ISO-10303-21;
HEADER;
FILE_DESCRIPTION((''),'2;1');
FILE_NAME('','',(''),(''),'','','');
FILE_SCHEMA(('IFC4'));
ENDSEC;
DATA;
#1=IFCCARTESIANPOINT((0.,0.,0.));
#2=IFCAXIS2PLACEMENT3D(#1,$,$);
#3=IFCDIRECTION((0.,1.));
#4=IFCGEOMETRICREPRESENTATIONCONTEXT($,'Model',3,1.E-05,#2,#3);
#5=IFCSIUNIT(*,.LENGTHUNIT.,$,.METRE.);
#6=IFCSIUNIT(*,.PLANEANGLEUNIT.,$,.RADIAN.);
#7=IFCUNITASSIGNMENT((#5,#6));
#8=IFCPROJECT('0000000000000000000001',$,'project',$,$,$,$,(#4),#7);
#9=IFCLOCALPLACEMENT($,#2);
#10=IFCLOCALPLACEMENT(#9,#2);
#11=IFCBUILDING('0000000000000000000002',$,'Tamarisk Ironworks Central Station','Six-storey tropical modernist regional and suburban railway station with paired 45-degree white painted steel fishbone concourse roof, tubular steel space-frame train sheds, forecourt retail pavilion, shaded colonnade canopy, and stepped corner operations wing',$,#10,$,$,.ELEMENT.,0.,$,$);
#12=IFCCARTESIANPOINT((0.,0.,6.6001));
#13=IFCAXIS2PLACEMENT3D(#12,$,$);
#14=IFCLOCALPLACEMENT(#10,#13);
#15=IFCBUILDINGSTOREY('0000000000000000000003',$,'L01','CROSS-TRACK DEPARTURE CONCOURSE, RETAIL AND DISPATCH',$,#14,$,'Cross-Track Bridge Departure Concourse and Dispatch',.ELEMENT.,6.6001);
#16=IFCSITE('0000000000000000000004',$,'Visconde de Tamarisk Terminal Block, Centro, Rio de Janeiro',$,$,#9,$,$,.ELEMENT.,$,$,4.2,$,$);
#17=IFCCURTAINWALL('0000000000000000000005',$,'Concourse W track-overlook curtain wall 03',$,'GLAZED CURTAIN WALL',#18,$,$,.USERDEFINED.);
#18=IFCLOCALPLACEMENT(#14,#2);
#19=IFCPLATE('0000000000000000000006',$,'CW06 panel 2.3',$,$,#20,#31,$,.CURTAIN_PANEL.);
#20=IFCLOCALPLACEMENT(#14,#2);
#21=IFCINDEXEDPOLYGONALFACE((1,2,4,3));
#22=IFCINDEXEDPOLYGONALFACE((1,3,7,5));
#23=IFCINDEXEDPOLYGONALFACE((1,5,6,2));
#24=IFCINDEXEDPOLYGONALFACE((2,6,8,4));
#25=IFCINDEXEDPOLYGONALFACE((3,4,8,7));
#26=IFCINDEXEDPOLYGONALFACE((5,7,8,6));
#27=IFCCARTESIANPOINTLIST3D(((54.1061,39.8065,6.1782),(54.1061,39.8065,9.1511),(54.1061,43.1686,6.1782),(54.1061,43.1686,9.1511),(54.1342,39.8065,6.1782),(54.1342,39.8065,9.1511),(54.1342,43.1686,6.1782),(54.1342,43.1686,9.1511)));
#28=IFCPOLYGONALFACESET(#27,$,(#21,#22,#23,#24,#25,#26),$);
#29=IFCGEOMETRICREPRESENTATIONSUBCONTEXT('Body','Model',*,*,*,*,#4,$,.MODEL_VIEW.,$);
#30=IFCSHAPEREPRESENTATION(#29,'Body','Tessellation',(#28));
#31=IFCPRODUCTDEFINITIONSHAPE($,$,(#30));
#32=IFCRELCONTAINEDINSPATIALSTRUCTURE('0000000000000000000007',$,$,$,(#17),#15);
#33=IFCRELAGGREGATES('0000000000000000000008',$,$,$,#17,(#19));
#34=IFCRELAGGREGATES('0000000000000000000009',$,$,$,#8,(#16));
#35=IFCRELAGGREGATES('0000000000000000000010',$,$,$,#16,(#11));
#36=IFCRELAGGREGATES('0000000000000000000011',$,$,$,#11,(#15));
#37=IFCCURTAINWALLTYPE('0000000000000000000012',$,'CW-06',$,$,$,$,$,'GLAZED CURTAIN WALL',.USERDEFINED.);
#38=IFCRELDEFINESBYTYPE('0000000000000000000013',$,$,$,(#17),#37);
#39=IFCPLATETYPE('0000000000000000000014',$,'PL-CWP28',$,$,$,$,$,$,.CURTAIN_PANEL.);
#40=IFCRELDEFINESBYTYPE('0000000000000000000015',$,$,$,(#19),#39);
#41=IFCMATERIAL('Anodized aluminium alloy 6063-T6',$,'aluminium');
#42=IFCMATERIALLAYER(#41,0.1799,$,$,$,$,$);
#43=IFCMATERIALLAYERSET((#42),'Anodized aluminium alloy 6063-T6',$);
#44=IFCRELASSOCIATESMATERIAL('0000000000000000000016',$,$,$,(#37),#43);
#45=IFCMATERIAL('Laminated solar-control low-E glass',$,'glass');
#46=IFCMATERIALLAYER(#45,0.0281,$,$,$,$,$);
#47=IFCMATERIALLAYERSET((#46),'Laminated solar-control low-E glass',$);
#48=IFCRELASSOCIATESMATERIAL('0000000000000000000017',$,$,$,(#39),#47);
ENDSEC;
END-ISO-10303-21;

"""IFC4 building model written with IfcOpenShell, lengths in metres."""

from ifc_helpers import new_model, si_unit, direction, frame, origin, origin_2d, place, context, subcontext, project, spatial, rectangle, extrude, material, layer, layer_set, type_object, element, aggregate, save


model = new_model("IFC4")

# Units and contexts
model_context = context("Model", 3, precision=1e-05, world=origin(), true_north=direction((0.0, 1.0)))
body_context = subcontext(model_context, "Body", "Model", "MODEL_VIEW")
ifc_project = project(units=[si_unit("LENGTHUNIT", "METRE"), si_unit("PLANEANGLEUNIT", "RADIAN")], contexts=[model_context])

# Site, building, storey
site_placement = place(None, origin())
site = spatial("IfcSite", under=ifc_project, at=site_placement, Name="Visconde de Tamarisk Terminal Block, Centro, Rio de Janeiro", CompositionType="ELEMENT", RefElevation=4.2)
building_placement = place(site_placement, origin())
building = spatial("IfcBuilding", under=site, at=building_placement, Name="Tamarisk Ironworks Central Station", Description="Six-storey tropical modernist regional and suburban railway station with paired 45-degree white painted steel fishbone concourse roof, tubular steel space-frame train sheds, forecourt retail pavilion, shaded colonnade canopy, and stepped corner operations wing", CompositionType="ELEMENT", ElevationOfRefHeight=0.0)
storey_placement = place(building_placement, frame((0.0, 0.0, 6.6001)))
storey = spatial("IfcBuildingStorey", under=building, at=storey_placement, Name="L01", Description="CROSS-TRACK DEPARTURE CONCOURSE, RETAIL AND DISPATCH", LongName="Cross-Track Bridge Departure Concourse and Dispatch", CompositionType="ELEMENT", Elevation=6.6001)

# Shared definitions
ifc_material_1 = material(Name="Anodized aluminium alloy 6063-T6", Category="aluminium")
ifc_layer_1 = layer(ifc_material_1, 0.1799)
ifc_layer_set_1 = layer_set([ifc_layer_1], Name="Anodized aluminium alloy 6063-T6")
curtain_wall_type = type_object("IfcCurtainWallType", Name="CW-06", ElementType="GLAZED CURTAIN WALL", PredefinedType="USERDEFINED", material=ifc_layer_set_1)

# Curtain wall
curtain_wall_1_placement = place(storey_placement, origin())
curtain_wall_1 = element("IfcCurtainWall", 1, at=curtain_wall_1_placement, inside=storey, type_object=curtain_wall_type, Name="Concourse W track-overlook curtain wall 03", ObjectType="GLAZED CURTAIN WALL", PredefinedType="USERDEFINED")

# Plate
ifc_material_2 = material(Name="Laminated solar-control low-E glass", Category="glass")
ifc_layer_2 = layer(ifc_material_2, 0.0281)
ifc_layer_set_2 = layer_set([ifc_layer_2], Name="Laminated solar-control low-E glass")
plate_type = type_object("IfcPlateType", Name="PL-CWP28", PredefinedType="CURTAIN_PANEL", material=ifc_layer_set_2)
plate_1_placement = place(storey_placement, frame((54.1201, 41.4875, 6.1782), z_axis=(0.0, 0.0, 1.0), x_axis=(0.0, 1.0, 0.0)))
plate_1 = element("IfcPlate", 2, at=plate_1_placement, type_object=plate_type, Name="CW06 panel 2.3", PredefinedType="CURTAIN_PANEL", context=body_context, shape_type="SweptSolid", body=[
    extrude(rectangle(XDim=3.3621, YDim=0.0281, at=origin_2d()), origin(), (0.0, 0.0, 1.0), 2.9729),
])
aggregate(curtain_wall_1, [plate_1])

save(model, "model.ifc")
